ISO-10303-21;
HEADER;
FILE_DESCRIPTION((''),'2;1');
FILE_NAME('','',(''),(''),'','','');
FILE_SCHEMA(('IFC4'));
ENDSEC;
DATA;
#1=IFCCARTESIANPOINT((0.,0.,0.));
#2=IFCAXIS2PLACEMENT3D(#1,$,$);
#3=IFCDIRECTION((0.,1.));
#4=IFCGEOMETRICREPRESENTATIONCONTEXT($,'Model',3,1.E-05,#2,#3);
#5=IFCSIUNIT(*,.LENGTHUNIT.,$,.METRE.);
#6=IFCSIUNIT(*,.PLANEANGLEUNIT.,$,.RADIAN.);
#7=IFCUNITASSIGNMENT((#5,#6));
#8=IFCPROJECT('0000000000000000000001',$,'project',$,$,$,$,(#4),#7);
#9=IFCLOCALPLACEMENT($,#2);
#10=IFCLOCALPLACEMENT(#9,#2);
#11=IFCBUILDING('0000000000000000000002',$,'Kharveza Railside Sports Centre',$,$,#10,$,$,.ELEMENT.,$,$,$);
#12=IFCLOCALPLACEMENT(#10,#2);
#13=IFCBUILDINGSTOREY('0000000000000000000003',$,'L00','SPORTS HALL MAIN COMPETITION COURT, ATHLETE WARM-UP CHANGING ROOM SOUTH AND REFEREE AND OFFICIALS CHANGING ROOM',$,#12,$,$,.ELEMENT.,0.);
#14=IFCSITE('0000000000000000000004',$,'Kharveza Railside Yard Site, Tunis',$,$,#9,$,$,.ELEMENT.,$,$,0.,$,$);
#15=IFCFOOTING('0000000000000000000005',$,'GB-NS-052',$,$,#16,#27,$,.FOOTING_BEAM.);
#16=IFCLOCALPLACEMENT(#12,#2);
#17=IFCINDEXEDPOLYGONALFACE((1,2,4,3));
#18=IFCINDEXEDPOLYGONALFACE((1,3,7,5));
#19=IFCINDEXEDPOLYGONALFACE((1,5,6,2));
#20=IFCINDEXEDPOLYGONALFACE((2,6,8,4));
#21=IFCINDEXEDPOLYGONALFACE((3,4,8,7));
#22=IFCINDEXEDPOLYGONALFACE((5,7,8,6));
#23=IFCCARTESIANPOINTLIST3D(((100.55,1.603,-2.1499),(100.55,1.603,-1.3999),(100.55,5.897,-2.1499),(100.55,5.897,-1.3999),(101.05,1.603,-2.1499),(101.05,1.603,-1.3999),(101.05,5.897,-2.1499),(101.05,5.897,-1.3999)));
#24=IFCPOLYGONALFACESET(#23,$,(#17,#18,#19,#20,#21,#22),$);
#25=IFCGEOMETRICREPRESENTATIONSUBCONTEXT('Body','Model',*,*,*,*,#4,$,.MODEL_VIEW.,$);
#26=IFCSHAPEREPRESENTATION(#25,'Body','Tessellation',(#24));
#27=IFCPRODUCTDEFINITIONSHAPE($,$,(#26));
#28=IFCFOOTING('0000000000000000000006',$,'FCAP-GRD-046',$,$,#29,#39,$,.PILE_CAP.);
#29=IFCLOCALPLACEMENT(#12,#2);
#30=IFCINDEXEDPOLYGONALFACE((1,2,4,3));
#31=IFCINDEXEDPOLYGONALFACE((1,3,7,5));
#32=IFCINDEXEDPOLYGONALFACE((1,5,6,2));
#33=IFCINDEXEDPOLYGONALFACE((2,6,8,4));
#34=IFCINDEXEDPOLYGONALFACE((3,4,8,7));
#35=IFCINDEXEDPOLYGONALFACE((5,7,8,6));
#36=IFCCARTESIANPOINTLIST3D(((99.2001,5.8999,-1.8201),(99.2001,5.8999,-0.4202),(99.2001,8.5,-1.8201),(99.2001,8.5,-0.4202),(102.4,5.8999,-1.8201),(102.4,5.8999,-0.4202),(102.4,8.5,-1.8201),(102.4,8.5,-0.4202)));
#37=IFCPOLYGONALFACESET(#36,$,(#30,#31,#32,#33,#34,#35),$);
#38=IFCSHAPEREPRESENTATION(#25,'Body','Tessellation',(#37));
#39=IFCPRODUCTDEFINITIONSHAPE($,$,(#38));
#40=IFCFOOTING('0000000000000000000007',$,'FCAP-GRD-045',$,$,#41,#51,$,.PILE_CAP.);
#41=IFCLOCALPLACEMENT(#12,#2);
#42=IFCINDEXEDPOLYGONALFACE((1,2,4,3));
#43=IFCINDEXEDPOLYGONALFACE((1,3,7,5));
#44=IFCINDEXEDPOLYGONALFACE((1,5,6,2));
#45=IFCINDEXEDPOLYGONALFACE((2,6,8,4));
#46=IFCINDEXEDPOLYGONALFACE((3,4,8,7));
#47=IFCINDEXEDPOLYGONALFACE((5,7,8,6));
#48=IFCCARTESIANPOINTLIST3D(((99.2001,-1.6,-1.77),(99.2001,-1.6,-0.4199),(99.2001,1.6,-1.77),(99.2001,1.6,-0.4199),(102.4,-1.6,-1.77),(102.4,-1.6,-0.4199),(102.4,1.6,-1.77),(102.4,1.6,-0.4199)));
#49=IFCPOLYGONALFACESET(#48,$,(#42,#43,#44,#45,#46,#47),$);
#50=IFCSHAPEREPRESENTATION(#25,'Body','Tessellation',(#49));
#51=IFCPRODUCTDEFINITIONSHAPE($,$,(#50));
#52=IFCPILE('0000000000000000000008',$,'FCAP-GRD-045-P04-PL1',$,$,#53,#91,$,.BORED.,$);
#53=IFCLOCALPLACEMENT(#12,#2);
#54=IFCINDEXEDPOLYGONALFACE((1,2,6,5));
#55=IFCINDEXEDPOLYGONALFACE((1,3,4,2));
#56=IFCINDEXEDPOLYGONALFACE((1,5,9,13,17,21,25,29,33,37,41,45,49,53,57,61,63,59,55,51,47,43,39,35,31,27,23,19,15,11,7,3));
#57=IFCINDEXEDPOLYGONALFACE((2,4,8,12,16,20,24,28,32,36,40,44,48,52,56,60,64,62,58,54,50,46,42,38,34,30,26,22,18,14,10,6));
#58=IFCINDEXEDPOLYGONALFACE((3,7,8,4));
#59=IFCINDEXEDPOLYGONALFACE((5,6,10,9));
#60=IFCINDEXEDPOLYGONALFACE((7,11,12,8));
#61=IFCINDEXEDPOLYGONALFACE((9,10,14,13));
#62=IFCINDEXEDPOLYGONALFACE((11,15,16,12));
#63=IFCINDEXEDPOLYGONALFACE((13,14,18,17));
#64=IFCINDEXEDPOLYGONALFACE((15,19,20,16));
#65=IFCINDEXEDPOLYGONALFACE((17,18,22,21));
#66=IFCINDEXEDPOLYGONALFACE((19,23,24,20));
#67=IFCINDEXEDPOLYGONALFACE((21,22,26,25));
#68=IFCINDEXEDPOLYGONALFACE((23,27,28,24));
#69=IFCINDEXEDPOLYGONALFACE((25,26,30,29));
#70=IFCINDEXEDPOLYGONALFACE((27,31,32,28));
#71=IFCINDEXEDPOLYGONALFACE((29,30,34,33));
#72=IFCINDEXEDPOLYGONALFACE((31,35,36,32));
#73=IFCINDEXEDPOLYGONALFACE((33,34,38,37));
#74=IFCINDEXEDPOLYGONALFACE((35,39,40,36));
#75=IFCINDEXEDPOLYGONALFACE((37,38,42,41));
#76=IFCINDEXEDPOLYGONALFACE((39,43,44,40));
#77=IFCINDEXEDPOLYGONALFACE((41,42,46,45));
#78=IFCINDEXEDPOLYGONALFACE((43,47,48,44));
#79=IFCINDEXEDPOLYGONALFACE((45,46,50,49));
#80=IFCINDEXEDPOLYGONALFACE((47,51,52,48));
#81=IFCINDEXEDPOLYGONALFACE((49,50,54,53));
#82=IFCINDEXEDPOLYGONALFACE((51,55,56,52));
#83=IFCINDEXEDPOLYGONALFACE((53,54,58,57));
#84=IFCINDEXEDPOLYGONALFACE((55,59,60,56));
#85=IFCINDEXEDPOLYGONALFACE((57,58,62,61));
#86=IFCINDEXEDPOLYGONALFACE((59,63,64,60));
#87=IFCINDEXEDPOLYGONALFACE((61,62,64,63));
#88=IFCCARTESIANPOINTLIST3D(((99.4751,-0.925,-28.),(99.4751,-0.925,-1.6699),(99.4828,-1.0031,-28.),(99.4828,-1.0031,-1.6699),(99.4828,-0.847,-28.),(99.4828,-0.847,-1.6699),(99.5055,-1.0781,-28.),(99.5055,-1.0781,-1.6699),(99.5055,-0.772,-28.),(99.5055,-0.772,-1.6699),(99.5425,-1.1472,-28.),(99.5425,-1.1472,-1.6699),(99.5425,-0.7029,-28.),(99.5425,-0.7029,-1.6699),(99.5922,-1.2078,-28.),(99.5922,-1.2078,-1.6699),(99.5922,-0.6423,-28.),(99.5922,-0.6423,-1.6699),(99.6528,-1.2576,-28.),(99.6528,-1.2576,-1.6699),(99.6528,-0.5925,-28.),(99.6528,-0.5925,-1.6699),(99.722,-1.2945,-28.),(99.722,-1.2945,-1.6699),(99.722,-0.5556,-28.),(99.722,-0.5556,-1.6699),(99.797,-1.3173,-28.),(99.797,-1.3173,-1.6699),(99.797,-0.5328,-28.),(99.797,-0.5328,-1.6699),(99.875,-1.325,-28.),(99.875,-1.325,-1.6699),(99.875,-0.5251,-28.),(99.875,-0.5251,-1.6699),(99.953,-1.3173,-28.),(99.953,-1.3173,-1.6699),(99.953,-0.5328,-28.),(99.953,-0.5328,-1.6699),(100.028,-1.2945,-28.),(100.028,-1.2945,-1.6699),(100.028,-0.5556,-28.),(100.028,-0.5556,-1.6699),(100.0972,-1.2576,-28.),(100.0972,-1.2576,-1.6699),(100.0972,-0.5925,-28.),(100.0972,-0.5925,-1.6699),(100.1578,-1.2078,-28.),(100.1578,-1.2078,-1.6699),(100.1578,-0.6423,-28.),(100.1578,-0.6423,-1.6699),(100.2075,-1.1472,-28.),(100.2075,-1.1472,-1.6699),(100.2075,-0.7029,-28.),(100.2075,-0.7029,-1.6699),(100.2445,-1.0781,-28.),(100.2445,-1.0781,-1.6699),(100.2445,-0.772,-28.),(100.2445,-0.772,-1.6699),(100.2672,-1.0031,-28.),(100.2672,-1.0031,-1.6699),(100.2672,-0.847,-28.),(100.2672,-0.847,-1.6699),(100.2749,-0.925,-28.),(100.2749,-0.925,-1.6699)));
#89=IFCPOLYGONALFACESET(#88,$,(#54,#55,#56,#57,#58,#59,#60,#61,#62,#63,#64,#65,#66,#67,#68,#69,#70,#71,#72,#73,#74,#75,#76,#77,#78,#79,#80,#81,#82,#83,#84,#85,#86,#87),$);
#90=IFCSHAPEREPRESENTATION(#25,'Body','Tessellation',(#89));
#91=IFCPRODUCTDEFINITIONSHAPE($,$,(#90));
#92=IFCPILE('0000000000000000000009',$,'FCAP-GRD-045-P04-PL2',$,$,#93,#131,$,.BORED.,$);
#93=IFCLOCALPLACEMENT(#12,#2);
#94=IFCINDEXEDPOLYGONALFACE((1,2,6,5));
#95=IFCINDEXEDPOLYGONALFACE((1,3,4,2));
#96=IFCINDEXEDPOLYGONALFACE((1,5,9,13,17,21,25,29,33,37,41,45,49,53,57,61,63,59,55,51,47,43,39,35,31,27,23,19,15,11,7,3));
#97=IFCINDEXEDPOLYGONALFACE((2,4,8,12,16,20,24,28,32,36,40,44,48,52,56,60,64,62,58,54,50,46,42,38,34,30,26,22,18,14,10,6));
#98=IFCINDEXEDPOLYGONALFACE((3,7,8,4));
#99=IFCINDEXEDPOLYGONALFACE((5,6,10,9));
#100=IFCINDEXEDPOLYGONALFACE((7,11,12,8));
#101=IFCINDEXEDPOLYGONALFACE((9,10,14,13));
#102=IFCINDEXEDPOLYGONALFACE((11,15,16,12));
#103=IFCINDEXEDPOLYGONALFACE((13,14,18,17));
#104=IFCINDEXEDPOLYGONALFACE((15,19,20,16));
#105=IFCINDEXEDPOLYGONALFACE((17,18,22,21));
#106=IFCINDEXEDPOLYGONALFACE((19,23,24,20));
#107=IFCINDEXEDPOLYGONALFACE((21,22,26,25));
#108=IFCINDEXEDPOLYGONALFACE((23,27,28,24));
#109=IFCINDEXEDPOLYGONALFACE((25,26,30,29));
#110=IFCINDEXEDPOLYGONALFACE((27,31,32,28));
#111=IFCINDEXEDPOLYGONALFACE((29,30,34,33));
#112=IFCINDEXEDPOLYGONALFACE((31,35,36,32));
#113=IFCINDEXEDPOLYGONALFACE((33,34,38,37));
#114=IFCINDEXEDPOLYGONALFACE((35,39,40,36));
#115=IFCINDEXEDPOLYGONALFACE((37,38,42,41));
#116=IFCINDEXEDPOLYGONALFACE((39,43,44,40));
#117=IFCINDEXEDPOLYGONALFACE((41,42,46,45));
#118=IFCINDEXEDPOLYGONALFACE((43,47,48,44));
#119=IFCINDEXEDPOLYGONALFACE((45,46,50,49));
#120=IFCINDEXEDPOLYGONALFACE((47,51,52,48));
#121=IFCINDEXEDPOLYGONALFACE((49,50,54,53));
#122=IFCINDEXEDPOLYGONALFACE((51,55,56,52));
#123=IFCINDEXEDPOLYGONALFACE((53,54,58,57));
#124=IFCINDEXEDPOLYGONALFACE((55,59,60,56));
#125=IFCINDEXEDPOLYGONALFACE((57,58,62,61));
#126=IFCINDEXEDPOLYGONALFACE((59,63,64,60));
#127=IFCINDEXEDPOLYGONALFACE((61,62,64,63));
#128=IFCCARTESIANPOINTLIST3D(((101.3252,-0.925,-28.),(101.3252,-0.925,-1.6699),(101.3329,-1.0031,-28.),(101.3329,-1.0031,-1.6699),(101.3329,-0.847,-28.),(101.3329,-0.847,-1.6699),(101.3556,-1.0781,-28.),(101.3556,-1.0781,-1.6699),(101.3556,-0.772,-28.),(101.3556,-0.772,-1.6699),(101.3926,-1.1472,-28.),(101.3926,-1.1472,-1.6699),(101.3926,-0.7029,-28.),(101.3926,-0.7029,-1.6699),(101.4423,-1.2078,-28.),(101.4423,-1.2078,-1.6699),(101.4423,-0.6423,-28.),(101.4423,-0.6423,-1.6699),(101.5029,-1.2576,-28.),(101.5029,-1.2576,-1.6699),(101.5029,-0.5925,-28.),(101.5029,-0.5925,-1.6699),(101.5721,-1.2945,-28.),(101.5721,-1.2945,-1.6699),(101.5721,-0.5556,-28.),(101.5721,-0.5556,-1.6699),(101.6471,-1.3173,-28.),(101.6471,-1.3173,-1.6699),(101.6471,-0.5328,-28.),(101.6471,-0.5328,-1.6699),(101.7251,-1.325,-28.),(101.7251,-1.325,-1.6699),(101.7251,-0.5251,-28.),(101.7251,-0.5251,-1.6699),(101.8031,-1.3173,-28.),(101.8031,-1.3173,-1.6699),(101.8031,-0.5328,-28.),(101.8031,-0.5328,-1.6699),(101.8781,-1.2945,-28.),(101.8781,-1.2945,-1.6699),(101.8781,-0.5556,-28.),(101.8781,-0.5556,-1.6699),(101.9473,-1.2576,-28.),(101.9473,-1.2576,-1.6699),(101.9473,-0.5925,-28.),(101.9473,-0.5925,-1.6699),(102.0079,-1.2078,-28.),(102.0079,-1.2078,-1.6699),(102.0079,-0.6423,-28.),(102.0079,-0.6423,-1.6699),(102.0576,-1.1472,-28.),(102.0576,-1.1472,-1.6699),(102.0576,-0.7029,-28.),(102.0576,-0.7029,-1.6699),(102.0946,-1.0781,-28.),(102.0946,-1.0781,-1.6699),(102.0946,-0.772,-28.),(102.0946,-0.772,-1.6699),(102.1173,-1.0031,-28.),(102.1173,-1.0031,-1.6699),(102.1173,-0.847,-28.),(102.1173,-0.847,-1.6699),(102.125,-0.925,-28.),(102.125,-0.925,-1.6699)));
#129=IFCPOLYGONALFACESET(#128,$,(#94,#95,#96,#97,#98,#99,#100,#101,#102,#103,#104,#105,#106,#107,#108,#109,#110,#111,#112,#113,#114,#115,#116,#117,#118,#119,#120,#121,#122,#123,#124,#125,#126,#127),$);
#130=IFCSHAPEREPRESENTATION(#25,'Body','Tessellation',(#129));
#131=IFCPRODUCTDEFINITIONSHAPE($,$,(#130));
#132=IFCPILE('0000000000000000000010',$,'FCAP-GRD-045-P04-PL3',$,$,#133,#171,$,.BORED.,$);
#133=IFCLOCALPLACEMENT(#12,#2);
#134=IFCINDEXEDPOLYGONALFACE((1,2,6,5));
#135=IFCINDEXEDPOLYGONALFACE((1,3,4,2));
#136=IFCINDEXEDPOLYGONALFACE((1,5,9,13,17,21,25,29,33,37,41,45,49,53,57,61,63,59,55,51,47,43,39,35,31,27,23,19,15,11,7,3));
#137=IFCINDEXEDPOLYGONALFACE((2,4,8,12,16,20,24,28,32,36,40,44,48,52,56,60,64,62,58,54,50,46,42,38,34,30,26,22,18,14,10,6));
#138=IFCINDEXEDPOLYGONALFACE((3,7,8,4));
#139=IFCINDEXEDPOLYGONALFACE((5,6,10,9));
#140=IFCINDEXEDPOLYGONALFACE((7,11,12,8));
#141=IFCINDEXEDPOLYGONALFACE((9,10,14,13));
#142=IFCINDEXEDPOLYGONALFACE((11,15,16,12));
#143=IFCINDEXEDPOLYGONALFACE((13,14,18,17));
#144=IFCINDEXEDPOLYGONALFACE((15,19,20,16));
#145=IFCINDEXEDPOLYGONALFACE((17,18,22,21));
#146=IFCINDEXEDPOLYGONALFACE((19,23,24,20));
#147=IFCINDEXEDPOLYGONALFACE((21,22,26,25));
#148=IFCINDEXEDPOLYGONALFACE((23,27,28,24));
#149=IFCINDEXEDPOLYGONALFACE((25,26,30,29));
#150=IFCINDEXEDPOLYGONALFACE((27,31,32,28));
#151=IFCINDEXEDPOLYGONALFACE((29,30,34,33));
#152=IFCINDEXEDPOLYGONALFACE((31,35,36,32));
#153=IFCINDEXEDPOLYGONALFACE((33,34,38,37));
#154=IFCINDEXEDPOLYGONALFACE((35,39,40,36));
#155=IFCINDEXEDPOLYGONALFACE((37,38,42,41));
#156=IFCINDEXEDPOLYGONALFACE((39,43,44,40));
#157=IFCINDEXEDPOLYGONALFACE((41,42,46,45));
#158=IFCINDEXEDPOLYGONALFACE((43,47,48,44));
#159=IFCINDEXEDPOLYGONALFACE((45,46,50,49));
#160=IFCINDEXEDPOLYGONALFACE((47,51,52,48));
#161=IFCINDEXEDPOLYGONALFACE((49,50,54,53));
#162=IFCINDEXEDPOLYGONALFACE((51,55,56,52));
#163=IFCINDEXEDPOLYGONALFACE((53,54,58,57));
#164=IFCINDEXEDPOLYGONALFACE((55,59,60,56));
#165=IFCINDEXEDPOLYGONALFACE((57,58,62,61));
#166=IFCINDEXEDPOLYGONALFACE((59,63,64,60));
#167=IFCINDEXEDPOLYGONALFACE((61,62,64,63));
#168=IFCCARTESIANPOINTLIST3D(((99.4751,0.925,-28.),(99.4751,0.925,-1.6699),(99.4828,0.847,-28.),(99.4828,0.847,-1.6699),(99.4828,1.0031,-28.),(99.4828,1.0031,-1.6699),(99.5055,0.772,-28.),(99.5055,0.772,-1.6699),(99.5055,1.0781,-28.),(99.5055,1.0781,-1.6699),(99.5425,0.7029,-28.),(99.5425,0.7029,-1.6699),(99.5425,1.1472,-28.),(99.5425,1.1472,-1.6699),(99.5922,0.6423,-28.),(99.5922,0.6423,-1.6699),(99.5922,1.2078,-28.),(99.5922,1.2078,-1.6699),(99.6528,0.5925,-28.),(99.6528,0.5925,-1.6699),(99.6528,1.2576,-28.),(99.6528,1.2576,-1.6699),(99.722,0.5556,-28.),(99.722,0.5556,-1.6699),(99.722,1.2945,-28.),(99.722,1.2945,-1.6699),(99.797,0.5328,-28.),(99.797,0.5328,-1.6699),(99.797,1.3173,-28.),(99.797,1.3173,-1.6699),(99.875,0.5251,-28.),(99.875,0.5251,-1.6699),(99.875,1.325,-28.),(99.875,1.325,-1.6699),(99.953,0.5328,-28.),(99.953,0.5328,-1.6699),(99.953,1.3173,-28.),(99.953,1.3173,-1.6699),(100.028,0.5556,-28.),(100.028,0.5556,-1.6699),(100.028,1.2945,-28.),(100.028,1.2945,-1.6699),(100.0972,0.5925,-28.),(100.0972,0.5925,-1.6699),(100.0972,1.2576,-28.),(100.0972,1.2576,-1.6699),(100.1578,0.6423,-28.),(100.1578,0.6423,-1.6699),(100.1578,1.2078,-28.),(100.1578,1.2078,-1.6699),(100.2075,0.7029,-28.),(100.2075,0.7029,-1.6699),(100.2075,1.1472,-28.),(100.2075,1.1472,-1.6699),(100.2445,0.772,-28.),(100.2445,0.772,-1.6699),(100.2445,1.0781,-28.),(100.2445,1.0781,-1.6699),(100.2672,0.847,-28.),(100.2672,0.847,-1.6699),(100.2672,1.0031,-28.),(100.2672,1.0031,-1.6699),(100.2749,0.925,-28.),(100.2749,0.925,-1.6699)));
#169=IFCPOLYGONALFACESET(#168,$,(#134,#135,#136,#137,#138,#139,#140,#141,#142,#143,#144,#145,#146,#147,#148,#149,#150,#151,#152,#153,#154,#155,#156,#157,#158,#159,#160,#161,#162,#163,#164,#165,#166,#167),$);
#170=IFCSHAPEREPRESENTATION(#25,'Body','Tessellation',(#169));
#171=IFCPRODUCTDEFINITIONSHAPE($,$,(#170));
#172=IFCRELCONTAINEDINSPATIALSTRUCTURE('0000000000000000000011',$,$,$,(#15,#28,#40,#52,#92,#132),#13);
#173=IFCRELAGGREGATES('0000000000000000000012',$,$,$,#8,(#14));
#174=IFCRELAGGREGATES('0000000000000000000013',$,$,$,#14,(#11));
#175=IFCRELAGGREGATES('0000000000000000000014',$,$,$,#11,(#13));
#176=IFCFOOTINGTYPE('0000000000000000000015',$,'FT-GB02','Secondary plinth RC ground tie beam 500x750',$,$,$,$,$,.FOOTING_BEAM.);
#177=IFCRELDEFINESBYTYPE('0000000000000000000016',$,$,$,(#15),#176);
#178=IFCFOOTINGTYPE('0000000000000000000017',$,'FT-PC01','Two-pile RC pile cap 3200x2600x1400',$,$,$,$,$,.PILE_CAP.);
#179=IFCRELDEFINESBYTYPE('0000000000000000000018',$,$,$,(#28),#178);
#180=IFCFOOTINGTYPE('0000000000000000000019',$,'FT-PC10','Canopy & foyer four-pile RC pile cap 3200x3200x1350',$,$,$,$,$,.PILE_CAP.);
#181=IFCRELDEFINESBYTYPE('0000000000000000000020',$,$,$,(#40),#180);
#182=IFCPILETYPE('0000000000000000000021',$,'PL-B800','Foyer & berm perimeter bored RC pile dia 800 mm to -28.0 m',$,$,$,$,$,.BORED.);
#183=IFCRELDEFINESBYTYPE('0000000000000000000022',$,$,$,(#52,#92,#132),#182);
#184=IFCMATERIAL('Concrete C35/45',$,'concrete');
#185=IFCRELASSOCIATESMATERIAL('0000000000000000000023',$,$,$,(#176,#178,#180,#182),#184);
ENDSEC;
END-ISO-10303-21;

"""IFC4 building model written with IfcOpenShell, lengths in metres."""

from ifc_helpers import new_model, si_unit, direction, frame, origin, origin_2d, place, context, subcontext, project, spatial, rectangle, circle, extrude, material, material_profile, profile_set, type_object, element, save


model = new_model("IFC4")

# Units and contexts
model_context = context("Model", 3, precision=1e-05, world=origin(), true_north=direction((0.0, 1.0)))
body_context = subcontext(model_context, "Body", "Model", "MODEL_VIEW")
ifc_project = project(units=[si_unit("LENGTHUNIT", "METRE"), si_unit("PLANEANGLEUNIT", "RADIAN")], contexts=[model_context])

# Site, building, storey
site_placement = place(None, origin())
site = spatial("IfcSite", under=ifc_project, at=site_placement, Name="Kharveza Railside Yard Site, Tunis", CompositionType="ELEMENT", RefElevation=0.0)
building_placement = place(site_placement, origin())
building = spatial("IfcBuilding", under=site, at=building_placement, Name="Kharveza Railside Sports Centre", CompositionType="ELEMENT")
storey_placement = place(building_placement, origin())
storey = spatial("IfcBuildingStorey", under=building, at=storey_placement, Name="L00", Description="SPORTS HALL MAIN COMPETITION COURT, ATHLETE WARM-UP CHANGING ROOM SOUTH AND REFEREE AND OFFICIALS CHANGING ROOM", CompositionType="ELEMENT", Elevation=0.0)

# Footings
ifc_material_1 = material(Name="Concrete C35/45", Category="concrete")
ifc_material_profile_1 = material_profile(ifc_material_1, rectangle(XDim=0.5, YDim=0.75, at=origin_2d()), Name="GB 500x750")
ifc_profile_set_1 = profile_set([ifc_material_profile_1], Name="Concrete C35/45")
footing_type_1 = type_object("IfcFootingType", Name="FT-GB02", Description="Secondary plinth RC ground tie beam 500x750", PredefinedType="FOOTING_BEAM", material=ifc_profile_set_1)
footing_1_placement = place(storey_placement, frame((100.8, 1.603, -1.7749), z_axis=(0.0, 1.0, 0.0), x_axis=(-1.0, 0.0, 0.0)))
element("IfcFooting", 1, at=footing_1_placement, inside=storey, type_object=footing_type_1, Name="GB-NS-052", PredefinedType="FOOTING_BEAM", context=body_context, shape_type="SweptSolid", body=[
    extrude(rectangle(XDim=0.5, YDim=0.75, at=origin_2d()), origin(), (0.0, 0.0, 1.0), 4.2939),
])
footing_type_2 = type_object("IfcFootingType", Name="FT-PC01", Description="Two-pile RC pile cap 3200x2600x1400", PredefinedType="PILE_CAP", material=ifc_material_1)
footing_2_placement = place(storey_placement, frame((100.8, 7.2, -1.8201), z_axis=(0.0, 0.0, 1.0), x_axis=(1.0, 0.0, 0.0)))
element("IfcFooting", 2, at=footing_2_placement, inside=storey, type_object=footing_type_2, Name="FCAP-GRD-046", PredefinedType="PILE_CAP", context=body_context, shape_type="SweptSolid", body=[
    extrude(rectangle(XDim=3.2, YDim=2.6001, at=origin_2d()), origin(), (0.0, 0.0, 1.0), 1.3999),
])
footing_type_3 = type_object("IfcFootingType", Name="FT-PC10", Description="Canopy & foyer four-pile RC pile cap 3200x3200x1350", PredefinedType="PILE_CAP", material=ifc_material_1)
footing_3_placement = place(storey_placement, frame((100.8, 0.0, -1.77), z_axis=(0.0, 0.0, 1.0), x_axis=(1.0, 0.0, 0.0)))
element("IfcFooting", 3, at=footing_3_placement, inside=storey, type_object=footing_type_3, Name="FCAP-GRD-045", PredefinedType="PILE_CAP", context=body_context, shape_type="SweptSolid", body=[
    extrude(rectangle(XDim=3.2, YDim=3.2, at=origin_2d()), origin(), (0.0, 0.0, 1.0), 1.3501),
])

# Piles
ifc_material_profile_2 = material_profile(ifc_material_1, circle(Radius=0.3999, at=origin_2d()), Name="PILE D800")
ifc_profile_set_2 = profile_set([ifc_material_profile_2], Name="Concrete C35/45")
pile_type = type_object("IfcPileType", Name="PL-B800", Description="Foyer & berm perimeter bored RC pile dia 800 mm to -28.0 m", PredefinedType="BORED", material=ifc_profile_set_2)
for number, where, z_axis, x_axis, name in (
    (4, (99.875, -0.925, -1.6699), (0.0, 0.0, -1.0), (1.0, 0.0, 0.0), "FCAP-GRD-045-P04-PL1"),
    (5, (101.7251, -0.925, -1.6699), (0.0, 0.0, -1.0), (1.0, 0.0, 0.0), "FCAP-GRD-045-P04-PL2"),
    (6, (99.875, 0.925, -1.6699), (0.0, 0.0, -1.0), (1.0, 0.0, 0.0), "FCAP-GRD-045-P04-PL3"),
):
    element("IfcPile", number, at=place(storey_placement, frame(where, z_axis=z_axis, x_axis=x_axis)), inside=storey, type_object=pile_type, Name=name, PredefinedType="BORED", context=body_context, shape_type="SweptSolid", body=[
        extrude(circle(Radius=0.3999, at=origin_2d()), origin(), (0.0, 0.0, 1.0), 26.3301),
    ])

save(model, "model.ifc")
